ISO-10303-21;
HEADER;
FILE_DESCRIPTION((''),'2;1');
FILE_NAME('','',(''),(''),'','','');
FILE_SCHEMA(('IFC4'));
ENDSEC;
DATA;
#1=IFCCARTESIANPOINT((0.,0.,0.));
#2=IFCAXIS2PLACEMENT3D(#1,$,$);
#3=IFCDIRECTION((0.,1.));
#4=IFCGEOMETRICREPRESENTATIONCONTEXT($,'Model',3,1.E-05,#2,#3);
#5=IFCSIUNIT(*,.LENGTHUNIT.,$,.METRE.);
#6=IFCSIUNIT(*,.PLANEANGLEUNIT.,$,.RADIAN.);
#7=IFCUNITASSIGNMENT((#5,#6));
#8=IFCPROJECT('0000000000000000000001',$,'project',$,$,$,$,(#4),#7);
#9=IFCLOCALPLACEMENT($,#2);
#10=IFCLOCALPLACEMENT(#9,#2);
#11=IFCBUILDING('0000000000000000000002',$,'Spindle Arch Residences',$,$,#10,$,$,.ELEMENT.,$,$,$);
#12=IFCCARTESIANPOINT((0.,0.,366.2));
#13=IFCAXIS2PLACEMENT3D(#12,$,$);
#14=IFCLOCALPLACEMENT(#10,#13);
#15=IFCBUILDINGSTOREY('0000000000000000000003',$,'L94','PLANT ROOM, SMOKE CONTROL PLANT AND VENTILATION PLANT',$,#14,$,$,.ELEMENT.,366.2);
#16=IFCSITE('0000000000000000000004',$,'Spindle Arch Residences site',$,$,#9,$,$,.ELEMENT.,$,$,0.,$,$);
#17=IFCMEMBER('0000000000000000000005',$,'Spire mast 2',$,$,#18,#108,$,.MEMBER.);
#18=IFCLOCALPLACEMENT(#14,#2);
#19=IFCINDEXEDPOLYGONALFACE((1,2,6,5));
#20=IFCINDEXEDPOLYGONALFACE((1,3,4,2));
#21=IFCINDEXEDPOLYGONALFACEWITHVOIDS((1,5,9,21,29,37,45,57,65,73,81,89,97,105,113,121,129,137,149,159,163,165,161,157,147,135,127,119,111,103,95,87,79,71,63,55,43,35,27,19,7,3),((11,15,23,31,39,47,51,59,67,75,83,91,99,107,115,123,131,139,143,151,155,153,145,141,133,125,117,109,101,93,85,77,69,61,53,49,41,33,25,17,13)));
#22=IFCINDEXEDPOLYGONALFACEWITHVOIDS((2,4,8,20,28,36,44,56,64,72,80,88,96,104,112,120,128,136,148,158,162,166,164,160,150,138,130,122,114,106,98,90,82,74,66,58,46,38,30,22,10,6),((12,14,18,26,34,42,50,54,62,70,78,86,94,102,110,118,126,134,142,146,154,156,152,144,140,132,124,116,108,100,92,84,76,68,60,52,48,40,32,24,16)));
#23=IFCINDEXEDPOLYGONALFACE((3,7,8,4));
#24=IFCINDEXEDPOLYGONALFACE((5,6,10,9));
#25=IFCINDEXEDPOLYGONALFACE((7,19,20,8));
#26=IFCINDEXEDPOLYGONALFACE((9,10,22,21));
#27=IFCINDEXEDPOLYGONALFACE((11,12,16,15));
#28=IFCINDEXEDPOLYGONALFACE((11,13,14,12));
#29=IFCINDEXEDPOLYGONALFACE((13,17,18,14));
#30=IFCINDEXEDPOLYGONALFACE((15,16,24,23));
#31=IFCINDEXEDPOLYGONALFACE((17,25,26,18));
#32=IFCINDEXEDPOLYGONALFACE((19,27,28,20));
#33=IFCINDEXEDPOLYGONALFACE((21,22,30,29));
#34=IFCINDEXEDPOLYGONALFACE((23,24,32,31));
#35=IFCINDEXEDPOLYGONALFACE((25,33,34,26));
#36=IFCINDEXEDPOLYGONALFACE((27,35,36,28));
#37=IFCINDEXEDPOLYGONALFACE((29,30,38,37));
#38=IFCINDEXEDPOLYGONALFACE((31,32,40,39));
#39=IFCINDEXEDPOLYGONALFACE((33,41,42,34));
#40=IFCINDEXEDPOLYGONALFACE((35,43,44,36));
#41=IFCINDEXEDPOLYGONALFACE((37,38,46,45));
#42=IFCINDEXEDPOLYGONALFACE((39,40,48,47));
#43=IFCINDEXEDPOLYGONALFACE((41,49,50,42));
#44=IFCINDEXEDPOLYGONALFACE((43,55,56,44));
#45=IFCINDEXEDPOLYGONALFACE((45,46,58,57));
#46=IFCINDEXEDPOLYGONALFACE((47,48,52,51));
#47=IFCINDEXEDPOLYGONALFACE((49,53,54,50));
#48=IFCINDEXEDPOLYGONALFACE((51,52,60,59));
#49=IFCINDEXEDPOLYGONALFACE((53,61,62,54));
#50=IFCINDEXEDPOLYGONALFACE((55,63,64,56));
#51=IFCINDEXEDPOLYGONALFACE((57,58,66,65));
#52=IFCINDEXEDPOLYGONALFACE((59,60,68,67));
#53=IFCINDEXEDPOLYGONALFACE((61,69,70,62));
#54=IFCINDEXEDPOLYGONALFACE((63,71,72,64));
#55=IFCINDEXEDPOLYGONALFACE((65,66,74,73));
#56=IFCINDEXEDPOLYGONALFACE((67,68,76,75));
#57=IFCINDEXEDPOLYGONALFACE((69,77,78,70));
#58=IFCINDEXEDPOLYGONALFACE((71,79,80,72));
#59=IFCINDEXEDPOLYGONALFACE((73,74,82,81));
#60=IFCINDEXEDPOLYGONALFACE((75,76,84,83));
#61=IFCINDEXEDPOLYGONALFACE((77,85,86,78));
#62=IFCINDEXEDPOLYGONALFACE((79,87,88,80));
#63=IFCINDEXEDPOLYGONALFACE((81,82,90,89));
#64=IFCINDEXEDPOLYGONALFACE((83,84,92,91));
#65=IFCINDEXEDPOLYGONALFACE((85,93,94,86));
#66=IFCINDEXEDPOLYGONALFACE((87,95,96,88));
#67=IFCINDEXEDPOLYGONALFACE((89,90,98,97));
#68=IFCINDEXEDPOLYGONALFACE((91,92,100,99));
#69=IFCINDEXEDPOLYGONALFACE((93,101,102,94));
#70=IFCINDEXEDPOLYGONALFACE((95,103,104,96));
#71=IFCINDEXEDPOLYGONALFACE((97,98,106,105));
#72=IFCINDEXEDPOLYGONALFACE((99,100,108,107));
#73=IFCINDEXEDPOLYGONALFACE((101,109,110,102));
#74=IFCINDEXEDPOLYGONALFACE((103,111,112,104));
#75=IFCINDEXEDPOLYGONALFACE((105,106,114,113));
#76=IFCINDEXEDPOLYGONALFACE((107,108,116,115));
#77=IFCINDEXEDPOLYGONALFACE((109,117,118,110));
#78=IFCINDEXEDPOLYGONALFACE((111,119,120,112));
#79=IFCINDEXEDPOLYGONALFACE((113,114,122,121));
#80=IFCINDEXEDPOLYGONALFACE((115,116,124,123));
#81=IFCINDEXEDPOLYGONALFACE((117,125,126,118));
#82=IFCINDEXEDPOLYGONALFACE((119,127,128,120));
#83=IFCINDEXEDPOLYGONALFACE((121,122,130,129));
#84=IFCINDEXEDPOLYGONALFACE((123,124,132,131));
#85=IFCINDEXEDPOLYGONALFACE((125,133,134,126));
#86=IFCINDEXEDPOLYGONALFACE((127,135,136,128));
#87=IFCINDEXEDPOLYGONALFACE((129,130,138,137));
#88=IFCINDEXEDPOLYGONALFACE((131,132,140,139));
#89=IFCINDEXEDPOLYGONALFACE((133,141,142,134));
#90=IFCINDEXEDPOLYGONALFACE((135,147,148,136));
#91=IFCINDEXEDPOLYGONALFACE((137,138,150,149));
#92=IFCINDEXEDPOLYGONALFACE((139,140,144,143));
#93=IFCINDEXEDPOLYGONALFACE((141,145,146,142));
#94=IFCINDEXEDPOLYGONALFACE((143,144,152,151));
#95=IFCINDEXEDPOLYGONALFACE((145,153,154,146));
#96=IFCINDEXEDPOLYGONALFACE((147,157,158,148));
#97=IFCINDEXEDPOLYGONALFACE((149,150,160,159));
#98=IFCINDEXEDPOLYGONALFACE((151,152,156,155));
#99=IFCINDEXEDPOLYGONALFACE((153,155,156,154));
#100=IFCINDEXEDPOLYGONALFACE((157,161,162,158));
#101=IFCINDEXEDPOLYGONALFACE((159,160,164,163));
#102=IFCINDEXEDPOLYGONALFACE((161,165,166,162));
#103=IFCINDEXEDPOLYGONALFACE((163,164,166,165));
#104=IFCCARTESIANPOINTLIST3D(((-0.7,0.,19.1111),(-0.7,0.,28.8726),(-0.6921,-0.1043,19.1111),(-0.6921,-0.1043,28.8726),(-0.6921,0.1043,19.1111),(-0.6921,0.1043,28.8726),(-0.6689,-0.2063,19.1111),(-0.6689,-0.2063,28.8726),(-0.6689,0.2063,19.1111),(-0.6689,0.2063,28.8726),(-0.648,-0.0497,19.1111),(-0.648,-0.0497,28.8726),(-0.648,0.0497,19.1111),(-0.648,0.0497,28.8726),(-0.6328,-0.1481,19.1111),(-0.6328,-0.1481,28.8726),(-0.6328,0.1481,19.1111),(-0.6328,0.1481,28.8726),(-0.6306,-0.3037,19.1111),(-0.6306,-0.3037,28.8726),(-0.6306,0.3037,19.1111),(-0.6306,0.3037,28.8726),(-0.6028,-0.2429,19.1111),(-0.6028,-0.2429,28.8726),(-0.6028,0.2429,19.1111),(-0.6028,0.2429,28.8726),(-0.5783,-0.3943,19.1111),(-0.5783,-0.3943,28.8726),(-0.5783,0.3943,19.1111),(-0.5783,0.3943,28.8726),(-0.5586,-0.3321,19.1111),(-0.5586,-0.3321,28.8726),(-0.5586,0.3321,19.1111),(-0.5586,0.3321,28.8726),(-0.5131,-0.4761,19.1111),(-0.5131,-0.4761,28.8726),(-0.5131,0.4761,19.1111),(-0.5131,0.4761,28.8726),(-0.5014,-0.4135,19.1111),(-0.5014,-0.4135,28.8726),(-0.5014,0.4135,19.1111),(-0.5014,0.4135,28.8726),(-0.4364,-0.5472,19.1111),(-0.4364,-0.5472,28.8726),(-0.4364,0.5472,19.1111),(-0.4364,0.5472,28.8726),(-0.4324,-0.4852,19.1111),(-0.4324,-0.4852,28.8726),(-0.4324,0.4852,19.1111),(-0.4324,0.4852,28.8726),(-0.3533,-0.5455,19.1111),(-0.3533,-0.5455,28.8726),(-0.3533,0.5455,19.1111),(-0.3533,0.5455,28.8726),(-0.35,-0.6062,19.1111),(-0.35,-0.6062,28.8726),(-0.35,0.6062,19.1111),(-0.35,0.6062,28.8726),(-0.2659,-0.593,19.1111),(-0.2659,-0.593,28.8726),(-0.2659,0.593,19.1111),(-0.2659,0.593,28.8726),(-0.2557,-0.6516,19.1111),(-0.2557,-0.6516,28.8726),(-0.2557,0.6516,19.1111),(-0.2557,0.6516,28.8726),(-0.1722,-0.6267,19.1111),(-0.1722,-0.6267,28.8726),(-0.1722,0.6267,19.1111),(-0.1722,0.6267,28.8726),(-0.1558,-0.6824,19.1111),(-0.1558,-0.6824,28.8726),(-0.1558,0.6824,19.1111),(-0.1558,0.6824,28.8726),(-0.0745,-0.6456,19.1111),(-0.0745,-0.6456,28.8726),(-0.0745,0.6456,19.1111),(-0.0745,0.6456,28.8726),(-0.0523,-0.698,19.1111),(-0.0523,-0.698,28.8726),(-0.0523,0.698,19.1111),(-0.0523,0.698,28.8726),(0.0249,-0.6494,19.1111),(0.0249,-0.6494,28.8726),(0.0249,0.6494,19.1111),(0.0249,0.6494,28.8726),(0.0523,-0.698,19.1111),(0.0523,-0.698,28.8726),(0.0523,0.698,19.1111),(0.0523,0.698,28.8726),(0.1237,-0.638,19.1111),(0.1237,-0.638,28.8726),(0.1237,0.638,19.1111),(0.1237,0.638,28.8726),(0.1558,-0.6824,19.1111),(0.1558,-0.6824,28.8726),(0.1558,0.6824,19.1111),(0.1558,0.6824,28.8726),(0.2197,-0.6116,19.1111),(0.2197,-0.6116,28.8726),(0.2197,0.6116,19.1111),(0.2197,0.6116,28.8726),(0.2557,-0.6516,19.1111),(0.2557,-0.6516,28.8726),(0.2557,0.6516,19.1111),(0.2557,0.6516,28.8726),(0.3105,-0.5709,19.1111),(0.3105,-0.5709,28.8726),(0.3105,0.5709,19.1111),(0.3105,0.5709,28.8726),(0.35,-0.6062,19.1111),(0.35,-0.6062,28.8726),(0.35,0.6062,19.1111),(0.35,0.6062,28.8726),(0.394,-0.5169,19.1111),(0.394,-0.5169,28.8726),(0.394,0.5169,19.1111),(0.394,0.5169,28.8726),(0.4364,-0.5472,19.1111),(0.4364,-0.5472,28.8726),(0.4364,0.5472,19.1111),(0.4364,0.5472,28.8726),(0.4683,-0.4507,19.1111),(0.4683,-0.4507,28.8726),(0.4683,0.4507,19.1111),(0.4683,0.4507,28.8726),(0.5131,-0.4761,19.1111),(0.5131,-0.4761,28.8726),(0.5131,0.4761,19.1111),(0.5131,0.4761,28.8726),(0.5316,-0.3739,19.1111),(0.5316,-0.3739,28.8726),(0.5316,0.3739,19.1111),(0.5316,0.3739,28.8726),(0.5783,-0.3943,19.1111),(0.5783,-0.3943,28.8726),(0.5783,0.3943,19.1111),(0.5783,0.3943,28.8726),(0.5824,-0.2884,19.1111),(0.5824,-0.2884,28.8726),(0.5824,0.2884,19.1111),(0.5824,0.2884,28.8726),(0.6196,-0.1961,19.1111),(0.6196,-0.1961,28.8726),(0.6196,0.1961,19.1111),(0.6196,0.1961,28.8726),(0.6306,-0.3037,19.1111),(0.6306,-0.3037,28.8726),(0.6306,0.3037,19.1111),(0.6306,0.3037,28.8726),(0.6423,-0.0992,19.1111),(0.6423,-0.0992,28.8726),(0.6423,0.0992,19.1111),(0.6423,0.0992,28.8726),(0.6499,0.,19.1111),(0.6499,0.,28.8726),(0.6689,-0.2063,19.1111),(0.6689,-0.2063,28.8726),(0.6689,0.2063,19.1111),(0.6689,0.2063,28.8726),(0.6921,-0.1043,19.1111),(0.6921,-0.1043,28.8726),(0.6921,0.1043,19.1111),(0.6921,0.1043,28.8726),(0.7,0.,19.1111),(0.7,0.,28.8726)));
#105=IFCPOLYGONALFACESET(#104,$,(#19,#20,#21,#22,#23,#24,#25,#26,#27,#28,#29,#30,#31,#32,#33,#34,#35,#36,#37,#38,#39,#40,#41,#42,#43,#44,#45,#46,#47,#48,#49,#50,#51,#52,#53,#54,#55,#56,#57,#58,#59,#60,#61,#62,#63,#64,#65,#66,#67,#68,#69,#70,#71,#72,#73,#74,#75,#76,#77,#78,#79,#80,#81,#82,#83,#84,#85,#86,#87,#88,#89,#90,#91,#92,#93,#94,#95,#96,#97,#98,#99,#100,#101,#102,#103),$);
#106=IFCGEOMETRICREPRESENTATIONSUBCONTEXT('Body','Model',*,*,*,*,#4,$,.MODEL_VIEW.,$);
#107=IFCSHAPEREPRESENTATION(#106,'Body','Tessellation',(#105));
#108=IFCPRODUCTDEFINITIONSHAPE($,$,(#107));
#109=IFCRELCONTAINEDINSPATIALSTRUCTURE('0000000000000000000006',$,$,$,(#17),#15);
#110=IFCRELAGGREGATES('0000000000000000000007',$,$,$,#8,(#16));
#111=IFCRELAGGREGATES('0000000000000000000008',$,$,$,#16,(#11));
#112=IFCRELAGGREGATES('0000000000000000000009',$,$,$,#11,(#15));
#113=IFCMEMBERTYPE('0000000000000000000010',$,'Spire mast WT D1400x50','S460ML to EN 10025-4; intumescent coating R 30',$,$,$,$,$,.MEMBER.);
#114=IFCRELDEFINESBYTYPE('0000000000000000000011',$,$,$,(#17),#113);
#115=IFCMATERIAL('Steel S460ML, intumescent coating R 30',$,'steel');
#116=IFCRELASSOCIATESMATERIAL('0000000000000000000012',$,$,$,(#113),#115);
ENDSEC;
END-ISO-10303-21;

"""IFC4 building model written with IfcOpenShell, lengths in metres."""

from ifc_helpers import new_model, si_unit, direction, frame, origin, origin_2d, place, context, subcontext, project, spatial, hollow_circle, extrude, material, material_profile, profile_set, type_object, element, save


model = new_model("IFC4")

# Units and contexts
model_context = context("Model", 3, precision=1e-05, world=origin(), true_north=direction((0.0, 1.0)))
body_context = subcontext(model_context, "Body", "Model", "MODEL_VIEW")
ifc_project = project(units=[si_unit("LENGTHUNIT", "METRE"), si_unit("PLANEANGLEUNIT", "RADIAN")], contexts=[model_context])

# Site, building, storey
site_placement = place(None, origin())
site = spatial("IfcSite", under=ifc_project, at=site_placement, Name="Spindle Arch Residences site", CompositionType="ELEMENT", RefElevation=0.0)
building_placement = place(site_placement, origin())
building = spatial("IfcBuilding", under=site, at=building_placement, Name="Spindle Arch Residences", CompositionType="ELEMENT")
storey_placement = place(building_placement, frame((0.0, 0.0, 366.2)))
storey = spatial("IfcBuildingStorey", under=building, at=storey_placement, Name="L94", Description="PLANT ROOM, SMOKE CONTROL PLANT AND VENTILATION PLANT", CompositionType="ELEMENT", Elevation=366.2)

# Member
ifc_material_1 = material(Name="Steel S460ML, intumescent coating R 30", Category="steel")
ifc_material_profile_1 = material_profile(ifc_material_1, hollow_circle(Radius=0.7, WallThickness=0.05, at=origin_2d()), Name="WT D1400x50")
ifc_profile_set_1 = profile_set([ifc_material_profile_1], Name="Steel S460ML, intumescent coating R 30")
member_type_1 = type_object("IfcMemberType", Name="Spire mast WT D1400x50", Description="S460ML to EN 10025-4; intumescent coating R 30", PredefinedType="MEMBER", material=ifc_profile_set_1)
member_1_placement = place(storey_placement, frame((0.0, 0.0, 19.1111), z_axis=(0.0, 0.0, 1.0), x_axis=(1.0, 0.0, 0.0)))
element("IfcMember", 1, at=member_1_placement, inside=storey, type_object=member_type_1, Name="Spire mast 2", PredefinedType="MEMBER", context=body_context, shape_type="SweptSolid", body=[
    extrude(hollow_circle(Radius=0.7, WallThickness=0.05, at=origin_2d()), origin(), (0.0, 0.0, 1.0), 9.7615),
])

save(model, "model.ifc")
